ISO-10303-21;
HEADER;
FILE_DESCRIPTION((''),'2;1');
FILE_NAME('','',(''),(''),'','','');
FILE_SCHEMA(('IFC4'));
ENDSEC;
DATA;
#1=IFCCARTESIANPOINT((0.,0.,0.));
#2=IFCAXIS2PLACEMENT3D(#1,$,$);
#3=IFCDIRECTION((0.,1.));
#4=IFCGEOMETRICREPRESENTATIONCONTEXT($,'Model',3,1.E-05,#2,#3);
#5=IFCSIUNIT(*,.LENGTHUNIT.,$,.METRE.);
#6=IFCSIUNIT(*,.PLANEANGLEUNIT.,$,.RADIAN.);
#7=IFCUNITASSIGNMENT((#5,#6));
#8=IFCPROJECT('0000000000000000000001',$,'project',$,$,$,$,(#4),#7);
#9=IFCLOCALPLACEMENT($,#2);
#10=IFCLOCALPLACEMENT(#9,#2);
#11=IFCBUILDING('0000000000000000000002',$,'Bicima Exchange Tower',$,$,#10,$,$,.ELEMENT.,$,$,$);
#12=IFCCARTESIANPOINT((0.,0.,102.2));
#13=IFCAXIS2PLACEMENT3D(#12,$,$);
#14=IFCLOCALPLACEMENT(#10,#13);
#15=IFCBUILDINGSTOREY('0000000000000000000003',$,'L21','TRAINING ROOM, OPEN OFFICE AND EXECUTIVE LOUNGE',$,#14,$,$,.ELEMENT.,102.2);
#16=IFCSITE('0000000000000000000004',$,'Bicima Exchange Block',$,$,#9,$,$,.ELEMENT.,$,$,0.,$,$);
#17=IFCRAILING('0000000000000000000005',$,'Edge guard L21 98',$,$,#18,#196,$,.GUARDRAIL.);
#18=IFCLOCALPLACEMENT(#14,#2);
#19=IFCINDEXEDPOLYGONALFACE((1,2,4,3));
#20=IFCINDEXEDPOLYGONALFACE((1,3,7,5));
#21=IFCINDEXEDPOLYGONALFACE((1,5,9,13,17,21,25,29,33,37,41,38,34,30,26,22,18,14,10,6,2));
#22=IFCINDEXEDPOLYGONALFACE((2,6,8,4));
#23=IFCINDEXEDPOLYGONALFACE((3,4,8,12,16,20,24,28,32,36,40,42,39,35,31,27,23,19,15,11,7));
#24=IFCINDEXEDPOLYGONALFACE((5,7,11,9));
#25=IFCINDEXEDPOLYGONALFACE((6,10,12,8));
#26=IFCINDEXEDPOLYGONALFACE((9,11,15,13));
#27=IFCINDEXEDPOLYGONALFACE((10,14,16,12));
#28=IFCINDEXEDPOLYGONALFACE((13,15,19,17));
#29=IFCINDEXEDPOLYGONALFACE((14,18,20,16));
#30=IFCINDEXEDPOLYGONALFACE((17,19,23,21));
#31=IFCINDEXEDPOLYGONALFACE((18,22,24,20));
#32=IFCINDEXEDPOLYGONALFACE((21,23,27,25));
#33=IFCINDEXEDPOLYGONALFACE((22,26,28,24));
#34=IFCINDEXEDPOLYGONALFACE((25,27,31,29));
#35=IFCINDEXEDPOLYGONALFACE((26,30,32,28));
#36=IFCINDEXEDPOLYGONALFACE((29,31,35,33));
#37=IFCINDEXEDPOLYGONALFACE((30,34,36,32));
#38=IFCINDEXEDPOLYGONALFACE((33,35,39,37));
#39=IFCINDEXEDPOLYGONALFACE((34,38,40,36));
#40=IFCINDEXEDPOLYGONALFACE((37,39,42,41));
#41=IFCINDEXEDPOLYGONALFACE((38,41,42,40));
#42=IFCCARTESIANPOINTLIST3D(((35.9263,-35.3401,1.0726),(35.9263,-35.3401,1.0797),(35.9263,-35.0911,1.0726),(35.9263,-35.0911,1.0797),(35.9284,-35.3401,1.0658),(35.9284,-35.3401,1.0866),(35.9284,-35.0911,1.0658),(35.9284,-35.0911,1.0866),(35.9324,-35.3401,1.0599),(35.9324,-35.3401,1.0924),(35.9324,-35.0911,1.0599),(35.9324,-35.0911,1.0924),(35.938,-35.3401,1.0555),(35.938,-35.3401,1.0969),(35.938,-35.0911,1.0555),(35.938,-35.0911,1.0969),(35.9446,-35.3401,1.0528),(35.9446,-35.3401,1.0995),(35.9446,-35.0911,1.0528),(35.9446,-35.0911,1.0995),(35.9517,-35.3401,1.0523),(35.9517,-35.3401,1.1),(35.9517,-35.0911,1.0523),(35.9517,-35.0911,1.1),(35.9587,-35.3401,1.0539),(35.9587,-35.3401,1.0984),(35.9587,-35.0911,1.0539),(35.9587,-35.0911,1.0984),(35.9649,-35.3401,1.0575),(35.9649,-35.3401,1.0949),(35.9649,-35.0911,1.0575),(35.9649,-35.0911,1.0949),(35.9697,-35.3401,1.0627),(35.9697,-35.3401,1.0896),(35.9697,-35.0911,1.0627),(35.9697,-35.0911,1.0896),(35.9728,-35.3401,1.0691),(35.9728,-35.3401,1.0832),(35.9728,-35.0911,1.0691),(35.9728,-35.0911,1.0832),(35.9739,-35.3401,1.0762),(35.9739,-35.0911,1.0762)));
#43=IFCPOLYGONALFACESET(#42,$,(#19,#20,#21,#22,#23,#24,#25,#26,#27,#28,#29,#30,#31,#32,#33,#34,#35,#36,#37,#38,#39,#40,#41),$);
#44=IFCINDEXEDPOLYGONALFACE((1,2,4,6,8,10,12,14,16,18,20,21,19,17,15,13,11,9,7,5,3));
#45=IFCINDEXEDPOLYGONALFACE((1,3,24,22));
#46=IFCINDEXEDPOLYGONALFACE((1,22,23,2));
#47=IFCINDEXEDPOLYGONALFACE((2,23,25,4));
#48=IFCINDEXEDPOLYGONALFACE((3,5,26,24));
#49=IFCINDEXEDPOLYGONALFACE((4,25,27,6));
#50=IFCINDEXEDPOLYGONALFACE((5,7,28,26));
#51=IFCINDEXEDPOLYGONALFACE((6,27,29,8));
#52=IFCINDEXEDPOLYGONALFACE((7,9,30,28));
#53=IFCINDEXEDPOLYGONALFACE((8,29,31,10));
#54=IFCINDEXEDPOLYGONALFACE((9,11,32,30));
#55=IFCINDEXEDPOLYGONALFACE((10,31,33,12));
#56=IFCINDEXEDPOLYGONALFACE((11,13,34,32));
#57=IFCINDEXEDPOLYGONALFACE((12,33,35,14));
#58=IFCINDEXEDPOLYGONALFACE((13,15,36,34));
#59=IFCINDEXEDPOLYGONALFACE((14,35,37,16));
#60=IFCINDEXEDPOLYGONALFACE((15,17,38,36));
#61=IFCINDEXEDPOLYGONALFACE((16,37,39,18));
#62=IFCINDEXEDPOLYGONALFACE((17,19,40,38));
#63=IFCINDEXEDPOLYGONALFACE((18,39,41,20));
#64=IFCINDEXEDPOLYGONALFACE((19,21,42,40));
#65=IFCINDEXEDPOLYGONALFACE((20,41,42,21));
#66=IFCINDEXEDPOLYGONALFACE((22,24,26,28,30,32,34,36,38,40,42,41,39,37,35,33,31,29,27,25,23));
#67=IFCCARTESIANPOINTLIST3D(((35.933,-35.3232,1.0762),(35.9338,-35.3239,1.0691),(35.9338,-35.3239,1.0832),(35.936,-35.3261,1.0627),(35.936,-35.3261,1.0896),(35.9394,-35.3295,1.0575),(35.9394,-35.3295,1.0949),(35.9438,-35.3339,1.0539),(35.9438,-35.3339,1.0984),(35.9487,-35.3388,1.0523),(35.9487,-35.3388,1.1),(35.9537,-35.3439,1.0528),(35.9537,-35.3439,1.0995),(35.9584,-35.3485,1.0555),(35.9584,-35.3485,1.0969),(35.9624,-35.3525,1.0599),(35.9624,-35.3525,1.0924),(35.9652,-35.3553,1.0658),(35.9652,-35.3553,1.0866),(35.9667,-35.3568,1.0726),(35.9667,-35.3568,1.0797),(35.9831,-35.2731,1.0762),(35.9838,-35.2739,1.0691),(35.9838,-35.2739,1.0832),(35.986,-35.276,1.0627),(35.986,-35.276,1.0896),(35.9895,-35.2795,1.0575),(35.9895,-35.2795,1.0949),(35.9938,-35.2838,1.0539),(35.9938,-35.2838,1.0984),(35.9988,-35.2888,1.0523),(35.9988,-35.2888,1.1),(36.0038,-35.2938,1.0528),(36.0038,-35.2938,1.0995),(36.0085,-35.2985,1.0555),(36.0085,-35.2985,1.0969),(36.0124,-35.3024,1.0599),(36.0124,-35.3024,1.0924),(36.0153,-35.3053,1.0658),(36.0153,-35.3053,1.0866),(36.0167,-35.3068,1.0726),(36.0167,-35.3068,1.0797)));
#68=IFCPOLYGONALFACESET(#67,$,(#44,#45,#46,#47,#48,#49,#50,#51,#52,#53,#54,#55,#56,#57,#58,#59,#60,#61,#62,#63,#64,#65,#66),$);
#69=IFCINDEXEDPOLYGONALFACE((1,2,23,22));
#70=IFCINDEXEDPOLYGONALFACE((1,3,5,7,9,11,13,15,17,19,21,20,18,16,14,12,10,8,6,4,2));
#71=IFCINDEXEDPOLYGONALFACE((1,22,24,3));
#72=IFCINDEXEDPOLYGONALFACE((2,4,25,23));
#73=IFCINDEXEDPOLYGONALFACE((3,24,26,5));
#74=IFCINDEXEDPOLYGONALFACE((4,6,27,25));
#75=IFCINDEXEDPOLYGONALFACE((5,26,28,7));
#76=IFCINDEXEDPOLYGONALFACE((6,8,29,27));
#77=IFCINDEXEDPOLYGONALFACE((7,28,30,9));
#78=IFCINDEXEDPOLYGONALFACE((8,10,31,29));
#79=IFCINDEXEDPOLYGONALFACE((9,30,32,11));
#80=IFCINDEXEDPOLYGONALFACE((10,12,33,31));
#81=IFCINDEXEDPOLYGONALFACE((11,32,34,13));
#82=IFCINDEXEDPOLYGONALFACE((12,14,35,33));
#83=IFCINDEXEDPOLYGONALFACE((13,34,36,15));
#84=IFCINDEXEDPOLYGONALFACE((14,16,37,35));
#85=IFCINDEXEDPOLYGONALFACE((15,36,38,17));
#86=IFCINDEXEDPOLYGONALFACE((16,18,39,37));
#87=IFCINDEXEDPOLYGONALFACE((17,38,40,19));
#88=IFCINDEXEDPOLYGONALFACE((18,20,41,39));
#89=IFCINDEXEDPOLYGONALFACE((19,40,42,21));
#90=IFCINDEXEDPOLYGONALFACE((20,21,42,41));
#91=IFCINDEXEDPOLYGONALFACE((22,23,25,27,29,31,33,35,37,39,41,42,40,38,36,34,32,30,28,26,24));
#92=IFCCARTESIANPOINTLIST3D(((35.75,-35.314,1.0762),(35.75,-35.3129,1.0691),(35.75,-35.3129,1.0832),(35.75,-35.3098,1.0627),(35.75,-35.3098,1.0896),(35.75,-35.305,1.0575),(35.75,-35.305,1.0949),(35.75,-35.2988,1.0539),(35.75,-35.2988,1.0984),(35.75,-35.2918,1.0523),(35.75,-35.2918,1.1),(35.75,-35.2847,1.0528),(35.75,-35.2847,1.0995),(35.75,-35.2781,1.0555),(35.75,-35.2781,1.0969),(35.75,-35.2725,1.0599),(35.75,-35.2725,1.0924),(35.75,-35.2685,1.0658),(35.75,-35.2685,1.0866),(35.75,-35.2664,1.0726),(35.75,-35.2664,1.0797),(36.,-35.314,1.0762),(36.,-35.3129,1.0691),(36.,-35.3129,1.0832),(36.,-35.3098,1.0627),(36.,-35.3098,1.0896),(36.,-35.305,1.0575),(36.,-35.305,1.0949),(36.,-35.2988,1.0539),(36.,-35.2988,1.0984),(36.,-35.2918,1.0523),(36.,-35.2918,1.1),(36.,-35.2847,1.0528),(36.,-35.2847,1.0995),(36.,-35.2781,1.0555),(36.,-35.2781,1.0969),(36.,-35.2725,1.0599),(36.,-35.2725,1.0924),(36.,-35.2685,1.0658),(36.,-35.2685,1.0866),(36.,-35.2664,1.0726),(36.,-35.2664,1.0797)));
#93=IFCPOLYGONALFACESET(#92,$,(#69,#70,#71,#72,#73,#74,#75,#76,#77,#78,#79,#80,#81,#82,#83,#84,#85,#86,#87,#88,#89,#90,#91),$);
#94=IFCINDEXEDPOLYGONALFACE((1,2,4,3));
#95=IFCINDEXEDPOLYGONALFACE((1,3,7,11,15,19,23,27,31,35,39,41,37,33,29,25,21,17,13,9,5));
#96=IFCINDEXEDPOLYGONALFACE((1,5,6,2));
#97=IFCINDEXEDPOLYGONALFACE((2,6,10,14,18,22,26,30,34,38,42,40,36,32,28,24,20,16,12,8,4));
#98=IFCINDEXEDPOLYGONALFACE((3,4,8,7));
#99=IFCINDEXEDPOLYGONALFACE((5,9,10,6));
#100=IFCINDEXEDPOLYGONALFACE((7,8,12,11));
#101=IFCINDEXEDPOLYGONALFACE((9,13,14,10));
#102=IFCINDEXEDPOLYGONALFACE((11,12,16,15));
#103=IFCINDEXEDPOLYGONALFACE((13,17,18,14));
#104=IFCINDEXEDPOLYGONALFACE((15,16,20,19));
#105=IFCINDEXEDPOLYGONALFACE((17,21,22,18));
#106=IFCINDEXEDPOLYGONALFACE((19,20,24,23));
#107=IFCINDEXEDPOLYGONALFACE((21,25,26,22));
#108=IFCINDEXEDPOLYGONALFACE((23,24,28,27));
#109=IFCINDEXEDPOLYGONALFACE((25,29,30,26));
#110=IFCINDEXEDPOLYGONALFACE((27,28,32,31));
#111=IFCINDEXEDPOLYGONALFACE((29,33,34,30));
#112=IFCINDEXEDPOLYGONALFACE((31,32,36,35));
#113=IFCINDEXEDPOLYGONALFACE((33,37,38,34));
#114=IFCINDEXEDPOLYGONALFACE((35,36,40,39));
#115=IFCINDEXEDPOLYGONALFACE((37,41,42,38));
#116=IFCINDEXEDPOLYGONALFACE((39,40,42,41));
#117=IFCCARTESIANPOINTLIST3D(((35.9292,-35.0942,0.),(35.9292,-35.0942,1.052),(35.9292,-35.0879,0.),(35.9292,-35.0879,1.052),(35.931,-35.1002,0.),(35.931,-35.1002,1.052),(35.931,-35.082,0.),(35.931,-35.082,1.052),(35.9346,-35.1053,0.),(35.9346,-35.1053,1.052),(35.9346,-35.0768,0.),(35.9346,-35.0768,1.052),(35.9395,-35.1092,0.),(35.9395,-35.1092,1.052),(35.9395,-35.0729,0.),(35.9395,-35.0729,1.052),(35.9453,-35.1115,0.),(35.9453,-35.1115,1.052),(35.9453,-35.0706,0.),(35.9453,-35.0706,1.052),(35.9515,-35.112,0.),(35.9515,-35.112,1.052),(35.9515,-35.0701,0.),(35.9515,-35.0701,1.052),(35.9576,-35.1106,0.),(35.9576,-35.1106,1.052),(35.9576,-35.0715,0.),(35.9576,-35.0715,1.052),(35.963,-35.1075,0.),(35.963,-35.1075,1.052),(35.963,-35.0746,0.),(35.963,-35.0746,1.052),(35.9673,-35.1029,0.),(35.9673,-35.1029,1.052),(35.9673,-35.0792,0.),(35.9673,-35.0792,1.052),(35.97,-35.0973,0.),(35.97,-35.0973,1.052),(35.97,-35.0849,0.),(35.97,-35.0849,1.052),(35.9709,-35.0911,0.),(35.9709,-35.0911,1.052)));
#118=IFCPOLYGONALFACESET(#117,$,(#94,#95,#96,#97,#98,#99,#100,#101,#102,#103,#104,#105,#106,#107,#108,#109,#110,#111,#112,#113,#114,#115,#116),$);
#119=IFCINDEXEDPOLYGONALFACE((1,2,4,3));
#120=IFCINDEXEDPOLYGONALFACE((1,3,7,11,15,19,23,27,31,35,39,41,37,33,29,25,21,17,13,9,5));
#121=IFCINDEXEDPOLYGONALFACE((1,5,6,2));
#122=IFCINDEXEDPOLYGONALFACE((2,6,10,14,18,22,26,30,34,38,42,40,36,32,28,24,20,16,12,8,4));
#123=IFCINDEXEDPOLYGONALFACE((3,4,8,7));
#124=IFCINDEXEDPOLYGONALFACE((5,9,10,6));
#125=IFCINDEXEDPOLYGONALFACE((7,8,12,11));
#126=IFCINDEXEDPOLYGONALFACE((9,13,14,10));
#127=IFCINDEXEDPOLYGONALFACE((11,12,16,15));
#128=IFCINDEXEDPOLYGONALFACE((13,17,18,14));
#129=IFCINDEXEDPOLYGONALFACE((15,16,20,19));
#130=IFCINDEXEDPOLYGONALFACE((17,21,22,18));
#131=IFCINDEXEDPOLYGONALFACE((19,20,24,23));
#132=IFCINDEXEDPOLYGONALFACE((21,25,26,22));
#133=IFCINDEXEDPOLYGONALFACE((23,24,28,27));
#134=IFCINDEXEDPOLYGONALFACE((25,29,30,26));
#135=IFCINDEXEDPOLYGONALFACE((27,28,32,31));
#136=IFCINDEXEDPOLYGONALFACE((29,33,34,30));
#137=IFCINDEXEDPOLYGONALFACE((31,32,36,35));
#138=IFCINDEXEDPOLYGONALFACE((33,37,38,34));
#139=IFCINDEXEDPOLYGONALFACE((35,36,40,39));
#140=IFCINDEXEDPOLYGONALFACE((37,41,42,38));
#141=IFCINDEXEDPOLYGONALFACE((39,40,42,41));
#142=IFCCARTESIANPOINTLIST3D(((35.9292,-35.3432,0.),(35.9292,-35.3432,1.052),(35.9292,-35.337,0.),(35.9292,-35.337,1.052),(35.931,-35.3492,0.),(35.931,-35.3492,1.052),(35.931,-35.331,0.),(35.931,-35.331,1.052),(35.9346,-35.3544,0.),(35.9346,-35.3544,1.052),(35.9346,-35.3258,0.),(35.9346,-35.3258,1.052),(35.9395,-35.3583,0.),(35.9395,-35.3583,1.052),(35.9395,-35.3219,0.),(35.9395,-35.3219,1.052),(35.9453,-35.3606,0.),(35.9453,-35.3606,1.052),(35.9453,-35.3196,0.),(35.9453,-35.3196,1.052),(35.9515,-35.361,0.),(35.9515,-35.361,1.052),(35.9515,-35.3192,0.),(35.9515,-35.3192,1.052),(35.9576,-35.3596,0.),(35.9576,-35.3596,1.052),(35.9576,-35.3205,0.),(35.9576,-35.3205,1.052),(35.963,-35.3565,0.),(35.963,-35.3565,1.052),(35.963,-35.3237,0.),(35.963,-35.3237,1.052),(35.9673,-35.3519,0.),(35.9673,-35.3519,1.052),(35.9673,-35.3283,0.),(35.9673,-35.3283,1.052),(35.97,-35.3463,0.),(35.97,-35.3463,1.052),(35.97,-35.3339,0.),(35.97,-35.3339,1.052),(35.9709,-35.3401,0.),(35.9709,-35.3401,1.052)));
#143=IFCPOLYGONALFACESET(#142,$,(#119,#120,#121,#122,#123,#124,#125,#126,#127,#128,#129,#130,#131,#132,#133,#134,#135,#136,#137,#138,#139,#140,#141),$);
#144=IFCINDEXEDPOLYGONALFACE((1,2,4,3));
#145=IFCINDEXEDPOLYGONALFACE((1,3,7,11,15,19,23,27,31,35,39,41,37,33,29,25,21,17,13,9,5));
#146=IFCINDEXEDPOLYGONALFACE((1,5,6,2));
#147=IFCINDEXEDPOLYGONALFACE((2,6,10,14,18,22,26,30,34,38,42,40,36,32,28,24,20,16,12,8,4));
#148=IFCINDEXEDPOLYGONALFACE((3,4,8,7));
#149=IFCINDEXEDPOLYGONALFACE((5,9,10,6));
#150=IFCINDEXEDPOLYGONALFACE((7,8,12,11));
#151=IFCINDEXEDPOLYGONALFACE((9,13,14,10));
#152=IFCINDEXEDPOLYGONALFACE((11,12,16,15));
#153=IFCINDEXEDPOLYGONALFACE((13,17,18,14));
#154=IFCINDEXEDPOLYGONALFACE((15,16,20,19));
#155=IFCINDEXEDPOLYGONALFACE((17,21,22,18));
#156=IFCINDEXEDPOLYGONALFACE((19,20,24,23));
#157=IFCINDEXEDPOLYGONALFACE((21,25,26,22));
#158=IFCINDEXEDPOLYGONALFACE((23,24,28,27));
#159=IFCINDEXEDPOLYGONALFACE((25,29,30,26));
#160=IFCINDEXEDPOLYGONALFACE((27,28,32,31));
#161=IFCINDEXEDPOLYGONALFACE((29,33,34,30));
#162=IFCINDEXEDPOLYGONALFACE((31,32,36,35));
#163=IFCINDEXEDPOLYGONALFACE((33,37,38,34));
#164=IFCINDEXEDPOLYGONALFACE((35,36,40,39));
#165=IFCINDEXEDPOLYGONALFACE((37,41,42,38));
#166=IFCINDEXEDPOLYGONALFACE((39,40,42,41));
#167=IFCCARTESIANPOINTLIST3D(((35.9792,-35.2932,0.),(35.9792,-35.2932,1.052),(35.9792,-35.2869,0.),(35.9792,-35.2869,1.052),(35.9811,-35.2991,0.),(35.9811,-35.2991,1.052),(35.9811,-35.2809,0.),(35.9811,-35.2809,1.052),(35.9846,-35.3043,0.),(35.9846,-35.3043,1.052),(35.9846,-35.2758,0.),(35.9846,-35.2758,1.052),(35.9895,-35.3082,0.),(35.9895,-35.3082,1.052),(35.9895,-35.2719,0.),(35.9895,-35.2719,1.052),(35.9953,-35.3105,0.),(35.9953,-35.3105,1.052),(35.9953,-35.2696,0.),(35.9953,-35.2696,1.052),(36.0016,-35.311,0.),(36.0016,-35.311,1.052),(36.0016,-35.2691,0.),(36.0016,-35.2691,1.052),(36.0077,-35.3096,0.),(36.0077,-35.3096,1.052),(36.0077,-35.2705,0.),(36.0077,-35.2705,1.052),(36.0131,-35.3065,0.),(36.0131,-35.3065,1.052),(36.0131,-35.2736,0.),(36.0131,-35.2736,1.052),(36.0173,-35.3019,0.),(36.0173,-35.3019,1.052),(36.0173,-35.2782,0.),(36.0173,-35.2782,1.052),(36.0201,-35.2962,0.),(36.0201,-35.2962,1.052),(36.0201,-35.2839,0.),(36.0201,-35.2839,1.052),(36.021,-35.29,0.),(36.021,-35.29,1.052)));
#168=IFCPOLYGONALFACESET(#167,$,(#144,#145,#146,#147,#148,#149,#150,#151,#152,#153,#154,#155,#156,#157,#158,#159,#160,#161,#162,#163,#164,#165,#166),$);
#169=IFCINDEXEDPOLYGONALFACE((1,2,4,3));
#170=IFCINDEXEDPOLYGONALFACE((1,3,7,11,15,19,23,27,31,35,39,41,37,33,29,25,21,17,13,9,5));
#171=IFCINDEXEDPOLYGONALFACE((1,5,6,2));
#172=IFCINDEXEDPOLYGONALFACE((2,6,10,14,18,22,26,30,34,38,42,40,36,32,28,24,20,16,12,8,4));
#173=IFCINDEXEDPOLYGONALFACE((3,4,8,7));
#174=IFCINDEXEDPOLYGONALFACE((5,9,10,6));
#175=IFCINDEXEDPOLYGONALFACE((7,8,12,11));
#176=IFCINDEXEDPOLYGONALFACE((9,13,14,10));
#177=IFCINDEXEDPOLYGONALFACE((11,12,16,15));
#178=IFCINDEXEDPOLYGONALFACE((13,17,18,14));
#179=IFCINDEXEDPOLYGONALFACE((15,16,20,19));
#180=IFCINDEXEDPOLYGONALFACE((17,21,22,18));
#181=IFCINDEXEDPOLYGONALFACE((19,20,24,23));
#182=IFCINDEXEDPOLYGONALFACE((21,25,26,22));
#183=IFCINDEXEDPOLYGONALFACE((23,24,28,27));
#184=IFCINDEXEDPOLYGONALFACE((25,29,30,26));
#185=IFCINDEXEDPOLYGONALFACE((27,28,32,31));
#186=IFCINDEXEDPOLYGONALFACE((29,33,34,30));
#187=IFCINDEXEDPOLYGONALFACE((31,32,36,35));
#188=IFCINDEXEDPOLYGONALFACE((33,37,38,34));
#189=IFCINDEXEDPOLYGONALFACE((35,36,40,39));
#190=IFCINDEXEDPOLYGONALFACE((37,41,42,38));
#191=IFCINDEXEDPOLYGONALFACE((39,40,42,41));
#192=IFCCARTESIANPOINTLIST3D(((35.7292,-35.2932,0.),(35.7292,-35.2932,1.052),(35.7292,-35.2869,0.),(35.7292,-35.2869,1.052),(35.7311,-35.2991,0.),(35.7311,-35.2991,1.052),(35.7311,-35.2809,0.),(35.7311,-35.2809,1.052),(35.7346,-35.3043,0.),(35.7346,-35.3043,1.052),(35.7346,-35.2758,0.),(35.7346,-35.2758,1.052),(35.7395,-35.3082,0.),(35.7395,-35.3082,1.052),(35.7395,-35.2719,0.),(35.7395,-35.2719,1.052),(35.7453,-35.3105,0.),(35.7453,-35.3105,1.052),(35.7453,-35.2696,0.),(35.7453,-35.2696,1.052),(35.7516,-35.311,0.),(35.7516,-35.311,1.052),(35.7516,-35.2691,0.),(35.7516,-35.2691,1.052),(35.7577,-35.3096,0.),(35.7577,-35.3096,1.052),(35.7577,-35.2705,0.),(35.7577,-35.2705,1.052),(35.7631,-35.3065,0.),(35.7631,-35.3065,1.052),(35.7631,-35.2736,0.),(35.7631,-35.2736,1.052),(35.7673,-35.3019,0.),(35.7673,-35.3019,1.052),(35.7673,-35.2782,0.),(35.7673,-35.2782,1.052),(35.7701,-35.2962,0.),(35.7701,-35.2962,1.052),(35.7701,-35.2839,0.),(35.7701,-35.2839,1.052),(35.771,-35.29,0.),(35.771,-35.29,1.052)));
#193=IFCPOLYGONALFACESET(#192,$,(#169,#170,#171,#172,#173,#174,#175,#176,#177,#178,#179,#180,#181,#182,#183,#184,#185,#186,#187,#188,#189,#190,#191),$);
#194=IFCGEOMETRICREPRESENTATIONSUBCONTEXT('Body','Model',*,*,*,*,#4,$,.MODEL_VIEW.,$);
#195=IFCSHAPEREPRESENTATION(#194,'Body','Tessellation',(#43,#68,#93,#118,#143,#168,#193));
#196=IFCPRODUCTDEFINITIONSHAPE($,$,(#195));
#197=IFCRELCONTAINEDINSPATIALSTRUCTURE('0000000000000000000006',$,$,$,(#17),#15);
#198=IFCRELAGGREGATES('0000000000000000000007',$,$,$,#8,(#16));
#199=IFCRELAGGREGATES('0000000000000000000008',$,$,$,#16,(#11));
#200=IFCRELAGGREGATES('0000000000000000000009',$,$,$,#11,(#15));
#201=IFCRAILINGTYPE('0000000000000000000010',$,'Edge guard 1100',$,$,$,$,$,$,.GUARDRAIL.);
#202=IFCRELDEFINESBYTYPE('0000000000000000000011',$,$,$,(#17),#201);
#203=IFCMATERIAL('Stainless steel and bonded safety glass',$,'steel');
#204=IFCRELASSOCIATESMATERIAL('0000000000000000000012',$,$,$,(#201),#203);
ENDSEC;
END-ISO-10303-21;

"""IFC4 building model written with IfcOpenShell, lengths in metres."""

from ifc_helpers import new_model, si_unit, direction, frame, origin, origin_2d, place, context, subcontext, project, spatial, circle, extrude, material, type_object, element, save


model = new_model("IFC4")

# Units and contexts
model_context = context("Model", 3, precision=1e-05, world=origin(), true_north=direction((0.0, 1.0)))
body_context = subcontext(model_context, "Body", "Model", "MODEL_VIEW")
ifc_project = project(units=[si_unit("LENGTHUNIT", "METRE"), si_unit("PLANEANGLEUNIT", "RADIAN")], contexts=[model_context])

# Site, building, storey
site_placement = place(None, origin())
site = spatial("IfcSite", under=ifc_project, at=site_placement, Name="Bicima Exchange Block", CompositionType="ELEMENT", RefElevation=0.0)
building_placement = place(site_placement, origin())
building = spatial("IfcBuilding", under=site, at=building_placement, Name="Bicima Exchange Tower", CompositionType="ELEMENT")
storey_placement = place(building_placement, frame((0.0, 0.0, 102.2)))
storey = spatial("IfcBuildingStorey", under=building, at=storey_placement, Name="L21", Description="TRAINING ROOM, OPEN OFFICE AND EXECUTIVE LOUNGE", CompositionType="ELEMENT", Elevation=102.2)

# Railing
ifc_material_1 = material(Name="Stainless steel and bonded safety glass", Category="steel")
railing_type = type_object("IfcRailingType", Name="Edge guard 1100", PredefinedType="GUARDRAIL", material=ifc_material_1)
railing_placement = place(storey_placement, frame((35.95, -35.0911, 0.0)))
element("IfcRailing", 1, at=railing_placement, inside=storey, type_object=railing_type, Name="Edge guard L21 98", PredefinedType="GUARDRAIL", context=body_context, shape_type="SweptSolid", body=[
    extrude(circle(Radius=0.0239, at=origin_2d()), frame((0.0, 0.0, 1.0762), z_axis=(0.0, -1.0, 0.0), x_axis=(1.0, 0.0, 0.0)), (0.0, 0.0, 1.0), 0.249),
    extrude(circle(Radius=0.0239, at=origin_2d()), frame((0.0, -0.249, 1.0762), z_axis=(0.707107, 0.707107, 0.0), x_axis=(-0.707107, 0.707107, 0.0)), (0.0, 0.0, 1.0), 0.0708),
    extrude(circle(Radius=0.0239, at=origin_2d()), frame((0.05, -0.199, 1.0762), z_axis=(-1.0, 0.0, 0.0), x_axis=(0.0, -1.0, 0.0)), (0.0, 0.0, 1.0), 0.25),
    extrude(circle(Radius=0.021, at=origin_2d()), origin(), (0.0, 0.0, 1.0), 1.052),
    extrude(circle(Radius=0.021, at=origin_2d()), frame((0.0, -0.249, 0.0)), (0.0, 0.0, 1.0), 1.052),
    extrude(circle(Radius=0.021, at=origin_2d()), frame((0.05, -0.199, 0.0)), (0.0, 0.0, 1.0), 1.052),
    extrude(circle(Radius=0.021, at=origin_2d()), frame((-0.2, -0.199, 0.0)), (0.0, 0.0, 1.0), 1.052),
])

save(model, "model.ifc")
